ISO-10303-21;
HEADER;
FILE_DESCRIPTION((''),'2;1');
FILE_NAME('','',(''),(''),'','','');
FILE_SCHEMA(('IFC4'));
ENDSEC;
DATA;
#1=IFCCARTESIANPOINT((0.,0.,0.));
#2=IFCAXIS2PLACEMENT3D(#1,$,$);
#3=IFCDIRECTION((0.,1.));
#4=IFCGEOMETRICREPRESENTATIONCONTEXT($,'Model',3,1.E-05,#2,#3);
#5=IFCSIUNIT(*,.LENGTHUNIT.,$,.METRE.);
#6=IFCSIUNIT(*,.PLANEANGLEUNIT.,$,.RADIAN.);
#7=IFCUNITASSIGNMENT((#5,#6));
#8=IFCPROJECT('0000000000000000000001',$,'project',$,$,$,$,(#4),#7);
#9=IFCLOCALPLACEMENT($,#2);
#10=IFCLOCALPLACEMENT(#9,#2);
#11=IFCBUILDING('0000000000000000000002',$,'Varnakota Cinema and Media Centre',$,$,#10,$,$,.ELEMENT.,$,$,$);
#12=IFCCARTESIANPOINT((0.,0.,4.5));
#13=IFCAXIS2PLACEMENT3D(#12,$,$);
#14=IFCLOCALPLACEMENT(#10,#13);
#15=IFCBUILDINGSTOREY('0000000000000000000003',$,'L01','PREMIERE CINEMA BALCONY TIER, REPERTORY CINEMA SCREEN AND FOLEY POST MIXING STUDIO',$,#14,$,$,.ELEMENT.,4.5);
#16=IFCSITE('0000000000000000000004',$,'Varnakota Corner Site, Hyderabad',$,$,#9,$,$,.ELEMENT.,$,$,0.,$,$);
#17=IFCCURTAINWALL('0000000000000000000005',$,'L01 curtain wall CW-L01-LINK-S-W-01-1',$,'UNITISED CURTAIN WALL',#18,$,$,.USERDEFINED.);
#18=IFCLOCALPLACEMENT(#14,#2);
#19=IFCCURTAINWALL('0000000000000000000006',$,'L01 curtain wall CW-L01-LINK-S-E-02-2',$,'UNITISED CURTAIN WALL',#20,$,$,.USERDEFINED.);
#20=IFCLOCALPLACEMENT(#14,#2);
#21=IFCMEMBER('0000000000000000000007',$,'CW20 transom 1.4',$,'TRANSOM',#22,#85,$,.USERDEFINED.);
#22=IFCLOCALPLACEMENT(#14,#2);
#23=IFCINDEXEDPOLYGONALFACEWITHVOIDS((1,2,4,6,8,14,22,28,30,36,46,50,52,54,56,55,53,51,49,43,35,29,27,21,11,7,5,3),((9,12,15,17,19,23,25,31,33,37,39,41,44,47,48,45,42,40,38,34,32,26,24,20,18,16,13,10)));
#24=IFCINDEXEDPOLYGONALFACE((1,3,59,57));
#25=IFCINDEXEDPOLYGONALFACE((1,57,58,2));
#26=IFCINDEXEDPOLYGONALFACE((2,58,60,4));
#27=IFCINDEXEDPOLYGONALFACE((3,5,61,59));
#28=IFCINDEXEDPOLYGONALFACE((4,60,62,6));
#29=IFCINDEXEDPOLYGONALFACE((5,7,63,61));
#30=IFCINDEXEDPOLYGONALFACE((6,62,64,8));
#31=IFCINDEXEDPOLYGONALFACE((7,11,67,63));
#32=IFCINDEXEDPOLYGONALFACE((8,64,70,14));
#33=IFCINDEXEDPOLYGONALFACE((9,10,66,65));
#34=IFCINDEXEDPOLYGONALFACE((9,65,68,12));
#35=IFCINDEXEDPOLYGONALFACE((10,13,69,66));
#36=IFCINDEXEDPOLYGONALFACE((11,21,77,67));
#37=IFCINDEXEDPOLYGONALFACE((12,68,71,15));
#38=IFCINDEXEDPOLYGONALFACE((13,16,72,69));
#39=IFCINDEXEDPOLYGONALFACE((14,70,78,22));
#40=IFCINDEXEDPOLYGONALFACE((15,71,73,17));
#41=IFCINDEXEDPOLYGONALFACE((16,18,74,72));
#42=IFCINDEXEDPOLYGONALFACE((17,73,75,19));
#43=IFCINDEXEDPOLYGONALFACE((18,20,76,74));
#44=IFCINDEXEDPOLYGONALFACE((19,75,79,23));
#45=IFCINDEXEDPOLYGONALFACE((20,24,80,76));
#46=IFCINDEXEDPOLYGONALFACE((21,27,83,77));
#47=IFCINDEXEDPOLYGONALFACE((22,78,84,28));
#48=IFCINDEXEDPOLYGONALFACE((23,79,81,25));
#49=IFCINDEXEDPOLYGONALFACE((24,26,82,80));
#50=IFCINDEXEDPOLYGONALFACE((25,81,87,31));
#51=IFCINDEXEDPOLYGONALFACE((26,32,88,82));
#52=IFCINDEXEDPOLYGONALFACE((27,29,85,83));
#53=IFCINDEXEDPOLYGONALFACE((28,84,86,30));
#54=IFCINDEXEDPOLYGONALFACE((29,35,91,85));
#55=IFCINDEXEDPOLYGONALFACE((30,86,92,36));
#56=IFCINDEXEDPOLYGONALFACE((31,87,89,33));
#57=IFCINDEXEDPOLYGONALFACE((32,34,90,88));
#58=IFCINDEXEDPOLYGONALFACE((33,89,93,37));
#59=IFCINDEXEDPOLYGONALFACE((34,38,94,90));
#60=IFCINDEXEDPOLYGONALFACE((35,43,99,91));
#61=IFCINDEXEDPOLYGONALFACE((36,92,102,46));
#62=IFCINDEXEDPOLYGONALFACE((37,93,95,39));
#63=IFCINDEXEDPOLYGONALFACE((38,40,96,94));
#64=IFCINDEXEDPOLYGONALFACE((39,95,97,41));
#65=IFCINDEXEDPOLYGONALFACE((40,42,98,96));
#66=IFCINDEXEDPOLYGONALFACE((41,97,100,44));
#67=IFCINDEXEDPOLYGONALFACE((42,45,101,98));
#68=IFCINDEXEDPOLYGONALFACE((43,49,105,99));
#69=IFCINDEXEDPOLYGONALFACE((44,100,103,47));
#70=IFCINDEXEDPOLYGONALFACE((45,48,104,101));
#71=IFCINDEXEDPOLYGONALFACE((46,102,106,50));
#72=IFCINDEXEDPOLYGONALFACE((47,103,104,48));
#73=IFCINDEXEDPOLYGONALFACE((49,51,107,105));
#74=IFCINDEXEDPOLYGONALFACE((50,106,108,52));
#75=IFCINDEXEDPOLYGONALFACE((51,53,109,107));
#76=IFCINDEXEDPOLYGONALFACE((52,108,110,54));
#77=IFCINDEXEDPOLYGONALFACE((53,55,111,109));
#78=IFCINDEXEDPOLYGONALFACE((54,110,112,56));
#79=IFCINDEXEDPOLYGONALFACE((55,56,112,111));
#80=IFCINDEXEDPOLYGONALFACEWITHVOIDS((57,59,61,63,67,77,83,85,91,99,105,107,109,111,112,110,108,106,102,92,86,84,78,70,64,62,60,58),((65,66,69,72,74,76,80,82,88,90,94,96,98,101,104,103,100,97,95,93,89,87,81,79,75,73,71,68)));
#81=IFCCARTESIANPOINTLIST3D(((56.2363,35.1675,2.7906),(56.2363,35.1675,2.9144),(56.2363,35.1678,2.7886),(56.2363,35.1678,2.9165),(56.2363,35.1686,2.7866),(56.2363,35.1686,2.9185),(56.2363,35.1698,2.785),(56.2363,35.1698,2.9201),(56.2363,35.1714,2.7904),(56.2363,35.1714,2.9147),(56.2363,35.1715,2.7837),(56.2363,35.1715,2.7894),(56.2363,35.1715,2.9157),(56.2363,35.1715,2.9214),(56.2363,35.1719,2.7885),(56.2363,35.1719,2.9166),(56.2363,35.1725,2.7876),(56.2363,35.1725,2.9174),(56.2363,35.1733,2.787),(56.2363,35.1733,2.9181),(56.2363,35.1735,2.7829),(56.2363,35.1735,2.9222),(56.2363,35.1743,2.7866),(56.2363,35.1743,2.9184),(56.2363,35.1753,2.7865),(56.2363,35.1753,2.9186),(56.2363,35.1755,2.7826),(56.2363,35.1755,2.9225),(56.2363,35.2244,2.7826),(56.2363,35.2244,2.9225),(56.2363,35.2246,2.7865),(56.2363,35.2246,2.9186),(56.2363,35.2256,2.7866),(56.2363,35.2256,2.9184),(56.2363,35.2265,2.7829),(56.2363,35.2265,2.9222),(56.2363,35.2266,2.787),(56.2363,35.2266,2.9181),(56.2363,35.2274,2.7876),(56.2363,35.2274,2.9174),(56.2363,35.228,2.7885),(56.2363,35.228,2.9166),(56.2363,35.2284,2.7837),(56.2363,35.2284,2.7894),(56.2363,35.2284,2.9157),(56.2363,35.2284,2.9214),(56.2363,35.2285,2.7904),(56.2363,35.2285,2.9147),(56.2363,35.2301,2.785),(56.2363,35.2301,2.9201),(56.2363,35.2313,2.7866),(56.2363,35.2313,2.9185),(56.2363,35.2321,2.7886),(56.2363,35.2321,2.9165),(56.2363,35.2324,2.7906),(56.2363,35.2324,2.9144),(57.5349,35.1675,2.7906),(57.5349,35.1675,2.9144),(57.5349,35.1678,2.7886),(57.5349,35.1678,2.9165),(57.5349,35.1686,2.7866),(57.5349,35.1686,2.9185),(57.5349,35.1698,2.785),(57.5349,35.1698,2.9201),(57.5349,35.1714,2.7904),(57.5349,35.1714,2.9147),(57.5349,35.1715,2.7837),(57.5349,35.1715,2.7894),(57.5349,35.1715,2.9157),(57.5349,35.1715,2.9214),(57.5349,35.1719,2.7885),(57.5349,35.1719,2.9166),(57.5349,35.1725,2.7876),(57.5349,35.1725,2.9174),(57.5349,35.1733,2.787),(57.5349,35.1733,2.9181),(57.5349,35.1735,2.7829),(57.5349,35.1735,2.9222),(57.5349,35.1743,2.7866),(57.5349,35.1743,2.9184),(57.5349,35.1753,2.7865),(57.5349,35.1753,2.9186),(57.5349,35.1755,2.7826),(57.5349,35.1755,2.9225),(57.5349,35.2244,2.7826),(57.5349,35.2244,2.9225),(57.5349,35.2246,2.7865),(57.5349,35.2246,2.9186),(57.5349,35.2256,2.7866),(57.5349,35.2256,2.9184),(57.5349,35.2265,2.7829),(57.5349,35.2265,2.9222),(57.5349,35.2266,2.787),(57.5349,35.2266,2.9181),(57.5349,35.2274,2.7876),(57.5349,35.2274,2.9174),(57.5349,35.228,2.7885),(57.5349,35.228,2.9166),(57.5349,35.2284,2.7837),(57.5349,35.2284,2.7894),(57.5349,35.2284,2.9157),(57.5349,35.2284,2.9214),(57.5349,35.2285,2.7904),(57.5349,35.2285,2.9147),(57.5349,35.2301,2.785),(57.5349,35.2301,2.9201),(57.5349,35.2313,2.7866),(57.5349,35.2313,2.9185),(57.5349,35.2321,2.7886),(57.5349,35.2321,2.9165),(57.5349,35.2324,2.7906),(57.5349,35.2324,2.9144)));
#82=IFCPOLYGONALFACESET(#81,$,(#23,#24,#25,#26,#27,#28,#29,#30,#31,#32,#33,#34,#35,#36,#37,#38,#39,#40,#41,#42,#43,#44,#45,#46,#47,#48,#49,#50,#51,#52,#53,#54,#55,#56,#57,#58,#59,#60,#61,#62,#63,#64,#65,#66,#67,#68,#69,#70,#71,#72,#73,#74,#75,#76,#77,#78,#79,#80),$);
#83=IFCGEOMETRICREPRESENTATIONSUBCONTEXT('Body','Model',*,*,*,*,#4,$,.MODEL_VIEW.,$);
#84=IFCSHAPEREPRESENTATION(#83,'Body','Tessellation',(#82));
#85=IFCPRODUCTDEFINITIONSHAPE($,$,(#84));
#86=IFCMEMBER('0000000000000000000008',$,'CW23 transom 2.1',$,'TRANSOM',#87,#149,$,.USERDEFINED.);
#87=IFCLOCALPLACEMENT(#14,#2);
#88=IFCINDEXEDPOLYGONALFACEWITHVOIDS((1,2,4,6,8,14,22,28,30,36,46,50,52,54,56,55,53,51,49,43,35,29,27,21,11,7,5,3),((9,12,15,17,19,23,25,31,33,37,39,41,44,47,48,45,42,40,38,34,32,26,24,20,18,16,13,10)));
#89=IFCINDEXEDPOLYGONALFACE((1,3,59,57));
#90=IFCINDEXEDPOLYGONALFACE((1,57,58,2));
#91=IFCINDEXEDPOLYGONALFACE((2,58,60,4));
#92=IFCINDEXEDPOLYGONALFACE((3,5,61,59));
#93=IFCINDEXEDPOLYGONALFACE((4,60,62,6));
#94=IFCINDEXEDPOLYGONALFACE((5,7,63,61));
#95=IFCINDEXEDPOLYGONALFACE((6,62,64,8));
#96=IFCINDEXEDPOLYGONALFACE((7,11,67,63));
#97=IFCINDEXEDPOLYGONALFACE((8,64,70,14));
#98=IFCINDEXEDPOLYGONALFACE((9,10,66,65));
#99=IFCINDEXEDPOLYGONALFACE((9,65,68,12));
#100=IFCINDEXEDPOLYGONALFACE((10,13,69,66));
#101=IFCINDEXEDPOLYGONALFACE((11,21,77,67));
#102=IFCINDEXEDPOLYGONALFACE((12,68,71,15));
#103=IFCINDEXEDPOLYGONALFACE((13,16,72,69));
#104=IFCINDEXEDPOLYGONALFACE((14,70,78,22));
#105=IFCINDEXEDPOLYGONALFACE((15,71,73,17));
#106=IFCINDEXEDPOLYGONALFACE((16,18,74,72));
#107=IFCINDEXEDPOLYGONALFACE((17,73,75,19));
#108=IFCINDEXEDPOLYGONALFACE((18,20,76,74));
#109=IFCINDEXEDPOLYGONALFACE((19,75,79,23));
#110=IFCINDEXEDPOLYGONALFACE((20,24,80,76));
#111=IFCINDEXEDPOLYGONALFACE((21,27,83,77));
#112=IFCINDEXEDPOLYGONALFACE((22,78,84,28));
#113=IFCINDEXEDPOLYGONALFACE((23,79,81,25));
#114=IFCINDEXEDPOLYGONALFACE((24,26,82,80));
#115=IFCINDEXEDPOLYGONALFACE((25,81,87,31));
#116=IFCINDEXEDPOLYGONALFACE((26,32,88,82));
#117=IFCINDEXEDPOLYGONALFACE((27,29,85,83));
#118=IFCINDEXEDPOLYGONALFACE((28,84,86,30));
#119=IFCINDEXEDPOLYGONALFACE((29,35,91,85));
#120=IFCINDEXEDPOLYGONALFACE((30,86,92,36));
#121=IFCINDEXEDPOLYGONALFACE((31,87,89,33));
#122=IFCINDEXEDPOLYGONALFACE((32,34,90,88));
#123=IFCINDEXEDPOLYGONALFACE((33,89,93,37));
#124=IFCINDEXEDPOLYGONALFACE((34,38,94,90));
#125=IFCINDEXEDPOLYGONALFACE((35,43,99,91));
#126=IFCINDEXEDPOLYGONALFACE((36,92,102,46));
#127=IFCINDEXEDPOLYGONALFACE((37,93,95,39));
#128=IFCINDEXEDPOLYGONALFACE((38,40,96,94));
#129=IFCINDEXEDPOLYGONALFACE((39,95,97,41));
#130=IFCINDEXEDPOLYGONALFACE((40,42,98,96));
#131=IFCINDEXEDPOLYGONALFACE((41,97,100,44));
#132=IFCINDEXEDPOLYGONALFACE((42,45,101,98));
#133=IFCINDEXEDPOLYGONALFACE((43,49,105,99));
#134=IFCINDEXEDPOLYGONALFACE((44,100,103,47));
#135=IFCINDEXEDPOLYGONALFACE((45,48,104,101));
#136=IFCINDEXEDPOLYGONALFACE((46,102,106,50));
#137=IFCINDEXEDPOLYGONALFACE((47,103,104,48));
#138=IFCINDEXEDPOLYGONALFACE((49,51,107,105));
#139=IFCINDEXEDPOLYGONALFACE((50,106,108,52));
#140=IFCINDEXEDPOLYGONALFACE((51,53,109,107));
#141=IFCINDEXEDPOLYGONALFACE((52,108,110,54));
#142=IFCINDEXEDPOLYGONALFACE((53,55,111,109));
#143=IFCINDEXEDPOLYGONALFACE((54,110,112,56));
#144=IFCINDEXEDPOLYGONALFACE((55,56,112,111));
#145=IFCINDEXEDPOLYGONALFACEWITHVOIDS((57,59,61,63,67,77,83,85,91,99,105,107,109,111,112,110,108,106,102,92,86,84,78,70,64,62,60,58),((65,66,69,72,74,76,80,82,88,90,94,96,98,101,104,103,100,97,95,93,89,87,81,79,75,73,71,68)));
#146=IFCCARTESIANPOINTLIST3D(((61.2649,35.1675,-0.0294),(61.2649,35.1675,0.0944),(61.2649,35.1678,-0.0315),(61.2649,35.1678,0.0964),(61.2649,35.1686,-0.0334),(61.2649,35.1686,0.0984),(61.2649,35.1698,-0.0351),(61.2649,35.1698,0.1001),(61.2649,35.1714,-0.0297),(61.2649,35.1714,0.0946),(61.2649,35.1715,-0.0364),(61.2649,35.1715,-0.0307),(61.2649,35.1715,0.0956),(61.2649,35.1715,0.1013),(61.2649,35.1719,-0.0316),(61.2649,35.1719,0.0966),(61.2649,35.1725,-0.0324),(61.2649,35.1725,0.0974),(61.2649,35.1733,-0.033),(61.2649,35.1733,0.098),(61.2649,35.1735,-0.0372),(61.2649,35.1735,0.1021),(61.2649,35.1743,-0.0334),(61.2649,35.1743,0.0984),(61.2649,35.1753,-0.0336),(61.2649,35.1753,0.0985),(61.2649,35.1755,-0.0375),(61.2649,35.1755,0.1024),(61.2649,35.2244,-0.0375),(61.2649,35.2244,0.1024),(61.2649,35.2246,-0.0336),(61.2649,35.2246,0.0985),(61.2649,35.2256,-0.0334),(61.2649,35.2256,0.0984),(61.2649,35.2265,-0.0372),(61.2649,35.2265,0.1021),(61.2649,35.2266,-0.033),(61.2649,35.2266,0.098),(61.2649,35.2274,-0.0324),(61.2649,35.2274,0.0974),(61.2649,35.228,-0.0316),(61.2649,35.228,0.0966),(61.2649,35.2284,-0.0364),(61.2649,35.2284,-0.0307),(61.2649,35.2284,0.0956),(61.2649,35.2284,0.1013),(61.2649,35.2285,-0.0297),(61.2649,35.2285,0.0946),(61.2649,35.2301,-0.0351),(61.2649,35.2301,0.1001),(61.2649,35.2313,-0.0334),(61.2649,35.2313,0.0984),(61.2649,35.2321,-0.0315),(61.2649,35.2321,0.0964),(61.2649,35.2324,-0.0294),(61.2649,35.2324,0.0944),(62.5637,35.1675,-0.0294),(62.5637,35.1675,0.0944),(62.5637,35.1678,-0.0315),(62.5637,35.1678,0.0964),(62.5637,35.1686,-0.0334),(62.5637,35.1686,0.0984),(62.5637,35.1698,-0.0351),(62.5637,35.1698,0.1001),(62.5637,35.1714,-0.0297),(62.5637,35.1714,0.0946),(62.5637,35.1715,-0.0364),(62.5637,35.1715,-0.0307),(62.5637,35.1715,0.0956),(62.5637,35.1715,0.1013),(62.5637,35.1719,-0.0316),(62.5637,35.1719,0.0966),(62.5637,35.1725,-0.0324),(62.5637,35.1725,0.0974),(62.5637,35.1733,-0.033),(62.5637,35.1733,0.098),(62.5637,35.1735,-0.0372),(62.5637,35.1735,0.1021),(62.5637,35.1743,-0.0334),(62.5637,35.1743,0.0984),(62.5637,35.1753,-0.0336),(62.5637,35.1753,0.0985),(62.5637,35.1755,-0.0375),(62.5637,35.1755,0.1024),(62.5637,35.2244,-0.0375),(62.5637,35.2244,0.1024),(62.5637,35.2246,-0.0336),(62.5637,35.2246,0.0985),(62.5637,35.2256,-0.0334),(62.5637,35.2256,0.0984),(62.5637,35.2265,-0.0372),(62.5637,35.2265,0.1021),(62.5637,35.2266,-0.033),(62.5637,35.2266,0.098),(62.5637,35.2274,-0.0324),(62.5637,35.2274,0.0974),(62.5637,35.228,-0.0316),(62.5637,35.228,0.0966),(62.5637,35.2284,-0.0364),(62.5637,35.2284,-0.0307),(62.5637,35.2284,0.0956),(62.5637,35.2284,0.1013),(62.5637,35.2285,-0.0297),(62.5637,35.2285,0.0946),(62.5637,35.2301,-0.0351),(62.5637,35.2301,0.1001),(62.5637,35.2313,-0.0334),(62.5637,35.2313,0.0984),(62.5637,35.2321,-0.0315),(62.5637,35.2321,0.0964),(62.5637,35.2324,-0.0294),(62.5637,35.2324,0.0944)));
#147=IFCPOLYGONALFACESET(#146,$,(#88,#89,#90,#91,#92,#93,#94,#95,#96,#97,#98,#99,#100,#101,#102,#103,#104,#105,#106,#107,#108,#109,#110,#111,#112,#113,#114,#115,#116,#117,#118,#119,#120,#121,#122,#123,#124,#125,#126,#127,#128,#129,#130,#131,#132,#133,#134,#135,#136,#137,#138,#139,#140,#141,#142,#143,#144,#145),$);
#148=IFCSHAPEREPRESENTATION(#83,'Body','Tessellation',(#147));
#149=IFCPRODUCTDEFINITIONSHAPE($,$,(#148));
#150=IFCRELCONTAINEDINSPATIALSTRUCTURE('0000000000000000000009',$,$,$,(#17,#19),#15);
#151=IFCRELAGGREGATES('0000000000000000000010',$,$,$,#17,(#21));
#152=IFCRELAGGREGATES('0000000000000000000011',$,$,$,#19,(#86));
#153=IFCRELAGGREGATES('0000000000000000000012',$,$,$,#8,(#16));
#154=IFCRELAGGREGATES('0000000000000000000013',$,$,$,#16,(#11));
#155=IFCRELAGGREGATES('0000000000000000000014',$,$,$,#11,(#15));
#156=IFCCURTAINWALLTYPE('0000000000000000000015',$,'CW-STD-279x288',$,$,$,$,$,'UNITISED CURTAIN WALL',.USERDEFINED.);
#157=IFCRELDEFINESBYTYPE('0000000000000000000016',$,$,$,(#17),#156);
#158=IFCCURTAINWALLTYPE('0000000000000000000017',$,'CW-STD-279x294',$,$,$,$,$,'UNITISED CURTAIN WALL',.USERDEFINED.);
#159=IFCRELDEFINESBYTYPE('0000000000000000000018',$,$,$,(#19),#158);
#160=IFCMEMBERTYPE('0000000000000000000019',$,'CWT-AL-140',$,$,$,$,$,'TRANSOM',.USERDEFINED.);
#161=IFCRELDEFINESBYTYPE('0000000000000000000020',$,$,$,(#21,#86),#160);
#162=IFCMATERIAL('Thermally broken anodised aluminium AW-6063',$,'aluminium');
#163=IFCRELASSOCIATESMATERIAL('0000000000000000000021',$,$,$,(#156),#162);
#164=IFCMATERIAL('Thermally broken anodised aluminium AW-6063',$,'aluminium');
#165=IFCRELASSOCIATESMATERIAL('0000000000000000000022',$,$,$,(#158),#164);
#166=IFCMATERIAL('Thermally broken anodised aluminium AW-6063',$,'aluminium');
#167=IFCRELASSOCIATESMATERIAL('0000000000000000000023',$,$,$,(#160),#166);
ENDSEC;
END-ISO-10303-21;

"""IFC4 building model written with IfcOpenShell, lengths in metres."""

from ifc_helpers import new_model, si_unit, direction, frame, origin, origin_2d, place, context, subcontext, project, spatial, hollow_rectangle, extrude, material, material_profile, profile_set, type_object, element, aggregate, save


model = new_model("IFC4")

# Units and contexts
model_context = context("Model", 3, precision=1e-05, world=origin(), true_north=direction((0.0, 1.0)))
body_context = subcontext(model_context, "Body", "Model", "MODEL_VIEW")
ifc_project = project(units=[si_unit("LENGTHUNIT", "METRE"), si_unit("PLANEANGLEUNIT", "RADIAN")], contexts=[model_context])

# Site, building, storey
site_placement = place(None, origin())
site = spatial("IfcSite", under=ifc_project, at=site_placement, Name="Varnakota Corner Site, Hyderabad", CompositionType="ELEMENT", RefElevation=0.0)
building_placement = place(site_placement, origin())
building = spatial("IfcBuilding", under=site, at=building_placement, Name="Varnakota Cinema and Media Centre", CompositionType="ELEMENT")
storey_placement = place(building_placement, frame((0.0, 0.0, 4.5)))
storey = spatial("IfcBuildingStorey", under=building, at=storey_placement, Name="L01", Description="PREMIERE CINEMA BALCONY TIER, REPERTORY CINEMA SCREEN AND FOLEY POST MIXING STUDIO", CompositionType="ELEMENT", Elevation=4.5)

# Curtain wall
ifc_material_1 = material(Name="Thermally broken anodised aluminium AW-6063", Category="aluminium")
curtain_wall_type_1 = type_object("IfcCurtainWallType", Name="CW-STD-279x288", ElementType="UNITISED CURTAIN WALL", PredefinedType="USERDEFINED", material=ifc_material_1)
curtain_wall_1_placement = place(storey_placement, origin())
curtain_wall_1 = element("IfcCurtainWall", 1, at=curtain_wall_1_placement, inside=storey, type_object=curtain_wall_type_1, Name="L01 curtain wall CW-L01-LINK-S-W-01-1", ObjectType="UNITISED CURTAIN WALL", PredefinedType="USERDEFINED")

# Curtain wall
ifc_material_2 = material(Name="Thermally broken anodised aluminium AW-6063", Category="aluminium")
curtain_wall_type_2 = type_object("IfcCurtainWallType", Name="CW-STD-279x294", ElementType="UNITISED CURTAIN WALL", PredefinedType="USERDEFINED", material=ifc_material_2)
curtain_wall_2_placement = place(storey_placement, origin())
curtain_wall_2 = element("IfcCurtainWall", 2, at=curtain_wall_2_placement, inside=storey, type_object=curtain_wall_type_2, Name="L01 curtain wall CW-L01-LINK-S-E-02-2", ObjectType="UNITISED CURTAIN WALL", PredefinedType="USERDEFINED")

# Shared definitions
ifc_material_3 = material(Name="Thermally broken anodised aluminium AW-6063", Category="aluminium")
ifc_material_profile_1 = material_profile(ifc_material_3, hollow_rectangle(XDim=0.0649, YDim=0.1399, WallThickness=0.0039, InnerFilletRadius=0.0039, OuterFilletRadius=0.0081, at=origin_2d()), Name="AL-TRANSOM 140x65x4")
ifc_profile_set_1 = profile_set([ifc_material_profile_1], Name="Thermally broken anodised aluminium AW-6063")
member_type_1 = type_object("IfcMemberType", Name="CWT-AL-140", ElementType="TRANSOM", PredefinedType="USERDEFINED", material=ifc_profile_set_1)

# Members
member_1_placement = place(storey_placement, frame((57.5349, 35.2, 2.8525), z_axis=(-1.0, 0.0, 0.0), x_axis=(0.0, -1.0, 0.0)))
member_1 = element("IfcMember", 3, at=member_1_placement, type_object=member_type_1, Name="CW20 transom 1.4", ObjectType="TRANSOM", PredefinedType="USERDEFINED", context=body_context, shape_type="SweptSolid", body=[
    extrude(hollow_rectangle(XDim=0.0649, YDim=0.1399, WallThickness=0.0039, InnerFilletRadius=0.0039, OuterFilletRadius=0.0081, at=origin_2d()), origin(), (0.0, 0.0, 1.0), 1.2986),
])
aggregate(curtain_wall_1, [member_1])
member_2_placement = place(storey_placement, frame((62.5637, 35.2, 0.0325), z_axis=(-1.0, 0.0, 0.0), x_axis=(0.0, -1.0, 0.0)))
member_2 = element("IfcMember", 4, at=member_2_placement, type_object=member_type_1, Name="CW23 transom 2.1", ObjectType="TRANSOM", PredefinedType="USERDEFINED", context=body_context, shape_type="SweptSolid", body=[
    extrude(hollow_rectangle(XDim=0.0649, YDim=0.1399, WallThickness=0.0039, InnerFilletRadius=0.0039, OuterFilletRadius=0.0081, at=origin_2d()), origin(), (0.0, 0.0, 1.0), 1.2988),
])

aggregate(curtain_wall_2, [member_2])

save(model, "model.ifc")
